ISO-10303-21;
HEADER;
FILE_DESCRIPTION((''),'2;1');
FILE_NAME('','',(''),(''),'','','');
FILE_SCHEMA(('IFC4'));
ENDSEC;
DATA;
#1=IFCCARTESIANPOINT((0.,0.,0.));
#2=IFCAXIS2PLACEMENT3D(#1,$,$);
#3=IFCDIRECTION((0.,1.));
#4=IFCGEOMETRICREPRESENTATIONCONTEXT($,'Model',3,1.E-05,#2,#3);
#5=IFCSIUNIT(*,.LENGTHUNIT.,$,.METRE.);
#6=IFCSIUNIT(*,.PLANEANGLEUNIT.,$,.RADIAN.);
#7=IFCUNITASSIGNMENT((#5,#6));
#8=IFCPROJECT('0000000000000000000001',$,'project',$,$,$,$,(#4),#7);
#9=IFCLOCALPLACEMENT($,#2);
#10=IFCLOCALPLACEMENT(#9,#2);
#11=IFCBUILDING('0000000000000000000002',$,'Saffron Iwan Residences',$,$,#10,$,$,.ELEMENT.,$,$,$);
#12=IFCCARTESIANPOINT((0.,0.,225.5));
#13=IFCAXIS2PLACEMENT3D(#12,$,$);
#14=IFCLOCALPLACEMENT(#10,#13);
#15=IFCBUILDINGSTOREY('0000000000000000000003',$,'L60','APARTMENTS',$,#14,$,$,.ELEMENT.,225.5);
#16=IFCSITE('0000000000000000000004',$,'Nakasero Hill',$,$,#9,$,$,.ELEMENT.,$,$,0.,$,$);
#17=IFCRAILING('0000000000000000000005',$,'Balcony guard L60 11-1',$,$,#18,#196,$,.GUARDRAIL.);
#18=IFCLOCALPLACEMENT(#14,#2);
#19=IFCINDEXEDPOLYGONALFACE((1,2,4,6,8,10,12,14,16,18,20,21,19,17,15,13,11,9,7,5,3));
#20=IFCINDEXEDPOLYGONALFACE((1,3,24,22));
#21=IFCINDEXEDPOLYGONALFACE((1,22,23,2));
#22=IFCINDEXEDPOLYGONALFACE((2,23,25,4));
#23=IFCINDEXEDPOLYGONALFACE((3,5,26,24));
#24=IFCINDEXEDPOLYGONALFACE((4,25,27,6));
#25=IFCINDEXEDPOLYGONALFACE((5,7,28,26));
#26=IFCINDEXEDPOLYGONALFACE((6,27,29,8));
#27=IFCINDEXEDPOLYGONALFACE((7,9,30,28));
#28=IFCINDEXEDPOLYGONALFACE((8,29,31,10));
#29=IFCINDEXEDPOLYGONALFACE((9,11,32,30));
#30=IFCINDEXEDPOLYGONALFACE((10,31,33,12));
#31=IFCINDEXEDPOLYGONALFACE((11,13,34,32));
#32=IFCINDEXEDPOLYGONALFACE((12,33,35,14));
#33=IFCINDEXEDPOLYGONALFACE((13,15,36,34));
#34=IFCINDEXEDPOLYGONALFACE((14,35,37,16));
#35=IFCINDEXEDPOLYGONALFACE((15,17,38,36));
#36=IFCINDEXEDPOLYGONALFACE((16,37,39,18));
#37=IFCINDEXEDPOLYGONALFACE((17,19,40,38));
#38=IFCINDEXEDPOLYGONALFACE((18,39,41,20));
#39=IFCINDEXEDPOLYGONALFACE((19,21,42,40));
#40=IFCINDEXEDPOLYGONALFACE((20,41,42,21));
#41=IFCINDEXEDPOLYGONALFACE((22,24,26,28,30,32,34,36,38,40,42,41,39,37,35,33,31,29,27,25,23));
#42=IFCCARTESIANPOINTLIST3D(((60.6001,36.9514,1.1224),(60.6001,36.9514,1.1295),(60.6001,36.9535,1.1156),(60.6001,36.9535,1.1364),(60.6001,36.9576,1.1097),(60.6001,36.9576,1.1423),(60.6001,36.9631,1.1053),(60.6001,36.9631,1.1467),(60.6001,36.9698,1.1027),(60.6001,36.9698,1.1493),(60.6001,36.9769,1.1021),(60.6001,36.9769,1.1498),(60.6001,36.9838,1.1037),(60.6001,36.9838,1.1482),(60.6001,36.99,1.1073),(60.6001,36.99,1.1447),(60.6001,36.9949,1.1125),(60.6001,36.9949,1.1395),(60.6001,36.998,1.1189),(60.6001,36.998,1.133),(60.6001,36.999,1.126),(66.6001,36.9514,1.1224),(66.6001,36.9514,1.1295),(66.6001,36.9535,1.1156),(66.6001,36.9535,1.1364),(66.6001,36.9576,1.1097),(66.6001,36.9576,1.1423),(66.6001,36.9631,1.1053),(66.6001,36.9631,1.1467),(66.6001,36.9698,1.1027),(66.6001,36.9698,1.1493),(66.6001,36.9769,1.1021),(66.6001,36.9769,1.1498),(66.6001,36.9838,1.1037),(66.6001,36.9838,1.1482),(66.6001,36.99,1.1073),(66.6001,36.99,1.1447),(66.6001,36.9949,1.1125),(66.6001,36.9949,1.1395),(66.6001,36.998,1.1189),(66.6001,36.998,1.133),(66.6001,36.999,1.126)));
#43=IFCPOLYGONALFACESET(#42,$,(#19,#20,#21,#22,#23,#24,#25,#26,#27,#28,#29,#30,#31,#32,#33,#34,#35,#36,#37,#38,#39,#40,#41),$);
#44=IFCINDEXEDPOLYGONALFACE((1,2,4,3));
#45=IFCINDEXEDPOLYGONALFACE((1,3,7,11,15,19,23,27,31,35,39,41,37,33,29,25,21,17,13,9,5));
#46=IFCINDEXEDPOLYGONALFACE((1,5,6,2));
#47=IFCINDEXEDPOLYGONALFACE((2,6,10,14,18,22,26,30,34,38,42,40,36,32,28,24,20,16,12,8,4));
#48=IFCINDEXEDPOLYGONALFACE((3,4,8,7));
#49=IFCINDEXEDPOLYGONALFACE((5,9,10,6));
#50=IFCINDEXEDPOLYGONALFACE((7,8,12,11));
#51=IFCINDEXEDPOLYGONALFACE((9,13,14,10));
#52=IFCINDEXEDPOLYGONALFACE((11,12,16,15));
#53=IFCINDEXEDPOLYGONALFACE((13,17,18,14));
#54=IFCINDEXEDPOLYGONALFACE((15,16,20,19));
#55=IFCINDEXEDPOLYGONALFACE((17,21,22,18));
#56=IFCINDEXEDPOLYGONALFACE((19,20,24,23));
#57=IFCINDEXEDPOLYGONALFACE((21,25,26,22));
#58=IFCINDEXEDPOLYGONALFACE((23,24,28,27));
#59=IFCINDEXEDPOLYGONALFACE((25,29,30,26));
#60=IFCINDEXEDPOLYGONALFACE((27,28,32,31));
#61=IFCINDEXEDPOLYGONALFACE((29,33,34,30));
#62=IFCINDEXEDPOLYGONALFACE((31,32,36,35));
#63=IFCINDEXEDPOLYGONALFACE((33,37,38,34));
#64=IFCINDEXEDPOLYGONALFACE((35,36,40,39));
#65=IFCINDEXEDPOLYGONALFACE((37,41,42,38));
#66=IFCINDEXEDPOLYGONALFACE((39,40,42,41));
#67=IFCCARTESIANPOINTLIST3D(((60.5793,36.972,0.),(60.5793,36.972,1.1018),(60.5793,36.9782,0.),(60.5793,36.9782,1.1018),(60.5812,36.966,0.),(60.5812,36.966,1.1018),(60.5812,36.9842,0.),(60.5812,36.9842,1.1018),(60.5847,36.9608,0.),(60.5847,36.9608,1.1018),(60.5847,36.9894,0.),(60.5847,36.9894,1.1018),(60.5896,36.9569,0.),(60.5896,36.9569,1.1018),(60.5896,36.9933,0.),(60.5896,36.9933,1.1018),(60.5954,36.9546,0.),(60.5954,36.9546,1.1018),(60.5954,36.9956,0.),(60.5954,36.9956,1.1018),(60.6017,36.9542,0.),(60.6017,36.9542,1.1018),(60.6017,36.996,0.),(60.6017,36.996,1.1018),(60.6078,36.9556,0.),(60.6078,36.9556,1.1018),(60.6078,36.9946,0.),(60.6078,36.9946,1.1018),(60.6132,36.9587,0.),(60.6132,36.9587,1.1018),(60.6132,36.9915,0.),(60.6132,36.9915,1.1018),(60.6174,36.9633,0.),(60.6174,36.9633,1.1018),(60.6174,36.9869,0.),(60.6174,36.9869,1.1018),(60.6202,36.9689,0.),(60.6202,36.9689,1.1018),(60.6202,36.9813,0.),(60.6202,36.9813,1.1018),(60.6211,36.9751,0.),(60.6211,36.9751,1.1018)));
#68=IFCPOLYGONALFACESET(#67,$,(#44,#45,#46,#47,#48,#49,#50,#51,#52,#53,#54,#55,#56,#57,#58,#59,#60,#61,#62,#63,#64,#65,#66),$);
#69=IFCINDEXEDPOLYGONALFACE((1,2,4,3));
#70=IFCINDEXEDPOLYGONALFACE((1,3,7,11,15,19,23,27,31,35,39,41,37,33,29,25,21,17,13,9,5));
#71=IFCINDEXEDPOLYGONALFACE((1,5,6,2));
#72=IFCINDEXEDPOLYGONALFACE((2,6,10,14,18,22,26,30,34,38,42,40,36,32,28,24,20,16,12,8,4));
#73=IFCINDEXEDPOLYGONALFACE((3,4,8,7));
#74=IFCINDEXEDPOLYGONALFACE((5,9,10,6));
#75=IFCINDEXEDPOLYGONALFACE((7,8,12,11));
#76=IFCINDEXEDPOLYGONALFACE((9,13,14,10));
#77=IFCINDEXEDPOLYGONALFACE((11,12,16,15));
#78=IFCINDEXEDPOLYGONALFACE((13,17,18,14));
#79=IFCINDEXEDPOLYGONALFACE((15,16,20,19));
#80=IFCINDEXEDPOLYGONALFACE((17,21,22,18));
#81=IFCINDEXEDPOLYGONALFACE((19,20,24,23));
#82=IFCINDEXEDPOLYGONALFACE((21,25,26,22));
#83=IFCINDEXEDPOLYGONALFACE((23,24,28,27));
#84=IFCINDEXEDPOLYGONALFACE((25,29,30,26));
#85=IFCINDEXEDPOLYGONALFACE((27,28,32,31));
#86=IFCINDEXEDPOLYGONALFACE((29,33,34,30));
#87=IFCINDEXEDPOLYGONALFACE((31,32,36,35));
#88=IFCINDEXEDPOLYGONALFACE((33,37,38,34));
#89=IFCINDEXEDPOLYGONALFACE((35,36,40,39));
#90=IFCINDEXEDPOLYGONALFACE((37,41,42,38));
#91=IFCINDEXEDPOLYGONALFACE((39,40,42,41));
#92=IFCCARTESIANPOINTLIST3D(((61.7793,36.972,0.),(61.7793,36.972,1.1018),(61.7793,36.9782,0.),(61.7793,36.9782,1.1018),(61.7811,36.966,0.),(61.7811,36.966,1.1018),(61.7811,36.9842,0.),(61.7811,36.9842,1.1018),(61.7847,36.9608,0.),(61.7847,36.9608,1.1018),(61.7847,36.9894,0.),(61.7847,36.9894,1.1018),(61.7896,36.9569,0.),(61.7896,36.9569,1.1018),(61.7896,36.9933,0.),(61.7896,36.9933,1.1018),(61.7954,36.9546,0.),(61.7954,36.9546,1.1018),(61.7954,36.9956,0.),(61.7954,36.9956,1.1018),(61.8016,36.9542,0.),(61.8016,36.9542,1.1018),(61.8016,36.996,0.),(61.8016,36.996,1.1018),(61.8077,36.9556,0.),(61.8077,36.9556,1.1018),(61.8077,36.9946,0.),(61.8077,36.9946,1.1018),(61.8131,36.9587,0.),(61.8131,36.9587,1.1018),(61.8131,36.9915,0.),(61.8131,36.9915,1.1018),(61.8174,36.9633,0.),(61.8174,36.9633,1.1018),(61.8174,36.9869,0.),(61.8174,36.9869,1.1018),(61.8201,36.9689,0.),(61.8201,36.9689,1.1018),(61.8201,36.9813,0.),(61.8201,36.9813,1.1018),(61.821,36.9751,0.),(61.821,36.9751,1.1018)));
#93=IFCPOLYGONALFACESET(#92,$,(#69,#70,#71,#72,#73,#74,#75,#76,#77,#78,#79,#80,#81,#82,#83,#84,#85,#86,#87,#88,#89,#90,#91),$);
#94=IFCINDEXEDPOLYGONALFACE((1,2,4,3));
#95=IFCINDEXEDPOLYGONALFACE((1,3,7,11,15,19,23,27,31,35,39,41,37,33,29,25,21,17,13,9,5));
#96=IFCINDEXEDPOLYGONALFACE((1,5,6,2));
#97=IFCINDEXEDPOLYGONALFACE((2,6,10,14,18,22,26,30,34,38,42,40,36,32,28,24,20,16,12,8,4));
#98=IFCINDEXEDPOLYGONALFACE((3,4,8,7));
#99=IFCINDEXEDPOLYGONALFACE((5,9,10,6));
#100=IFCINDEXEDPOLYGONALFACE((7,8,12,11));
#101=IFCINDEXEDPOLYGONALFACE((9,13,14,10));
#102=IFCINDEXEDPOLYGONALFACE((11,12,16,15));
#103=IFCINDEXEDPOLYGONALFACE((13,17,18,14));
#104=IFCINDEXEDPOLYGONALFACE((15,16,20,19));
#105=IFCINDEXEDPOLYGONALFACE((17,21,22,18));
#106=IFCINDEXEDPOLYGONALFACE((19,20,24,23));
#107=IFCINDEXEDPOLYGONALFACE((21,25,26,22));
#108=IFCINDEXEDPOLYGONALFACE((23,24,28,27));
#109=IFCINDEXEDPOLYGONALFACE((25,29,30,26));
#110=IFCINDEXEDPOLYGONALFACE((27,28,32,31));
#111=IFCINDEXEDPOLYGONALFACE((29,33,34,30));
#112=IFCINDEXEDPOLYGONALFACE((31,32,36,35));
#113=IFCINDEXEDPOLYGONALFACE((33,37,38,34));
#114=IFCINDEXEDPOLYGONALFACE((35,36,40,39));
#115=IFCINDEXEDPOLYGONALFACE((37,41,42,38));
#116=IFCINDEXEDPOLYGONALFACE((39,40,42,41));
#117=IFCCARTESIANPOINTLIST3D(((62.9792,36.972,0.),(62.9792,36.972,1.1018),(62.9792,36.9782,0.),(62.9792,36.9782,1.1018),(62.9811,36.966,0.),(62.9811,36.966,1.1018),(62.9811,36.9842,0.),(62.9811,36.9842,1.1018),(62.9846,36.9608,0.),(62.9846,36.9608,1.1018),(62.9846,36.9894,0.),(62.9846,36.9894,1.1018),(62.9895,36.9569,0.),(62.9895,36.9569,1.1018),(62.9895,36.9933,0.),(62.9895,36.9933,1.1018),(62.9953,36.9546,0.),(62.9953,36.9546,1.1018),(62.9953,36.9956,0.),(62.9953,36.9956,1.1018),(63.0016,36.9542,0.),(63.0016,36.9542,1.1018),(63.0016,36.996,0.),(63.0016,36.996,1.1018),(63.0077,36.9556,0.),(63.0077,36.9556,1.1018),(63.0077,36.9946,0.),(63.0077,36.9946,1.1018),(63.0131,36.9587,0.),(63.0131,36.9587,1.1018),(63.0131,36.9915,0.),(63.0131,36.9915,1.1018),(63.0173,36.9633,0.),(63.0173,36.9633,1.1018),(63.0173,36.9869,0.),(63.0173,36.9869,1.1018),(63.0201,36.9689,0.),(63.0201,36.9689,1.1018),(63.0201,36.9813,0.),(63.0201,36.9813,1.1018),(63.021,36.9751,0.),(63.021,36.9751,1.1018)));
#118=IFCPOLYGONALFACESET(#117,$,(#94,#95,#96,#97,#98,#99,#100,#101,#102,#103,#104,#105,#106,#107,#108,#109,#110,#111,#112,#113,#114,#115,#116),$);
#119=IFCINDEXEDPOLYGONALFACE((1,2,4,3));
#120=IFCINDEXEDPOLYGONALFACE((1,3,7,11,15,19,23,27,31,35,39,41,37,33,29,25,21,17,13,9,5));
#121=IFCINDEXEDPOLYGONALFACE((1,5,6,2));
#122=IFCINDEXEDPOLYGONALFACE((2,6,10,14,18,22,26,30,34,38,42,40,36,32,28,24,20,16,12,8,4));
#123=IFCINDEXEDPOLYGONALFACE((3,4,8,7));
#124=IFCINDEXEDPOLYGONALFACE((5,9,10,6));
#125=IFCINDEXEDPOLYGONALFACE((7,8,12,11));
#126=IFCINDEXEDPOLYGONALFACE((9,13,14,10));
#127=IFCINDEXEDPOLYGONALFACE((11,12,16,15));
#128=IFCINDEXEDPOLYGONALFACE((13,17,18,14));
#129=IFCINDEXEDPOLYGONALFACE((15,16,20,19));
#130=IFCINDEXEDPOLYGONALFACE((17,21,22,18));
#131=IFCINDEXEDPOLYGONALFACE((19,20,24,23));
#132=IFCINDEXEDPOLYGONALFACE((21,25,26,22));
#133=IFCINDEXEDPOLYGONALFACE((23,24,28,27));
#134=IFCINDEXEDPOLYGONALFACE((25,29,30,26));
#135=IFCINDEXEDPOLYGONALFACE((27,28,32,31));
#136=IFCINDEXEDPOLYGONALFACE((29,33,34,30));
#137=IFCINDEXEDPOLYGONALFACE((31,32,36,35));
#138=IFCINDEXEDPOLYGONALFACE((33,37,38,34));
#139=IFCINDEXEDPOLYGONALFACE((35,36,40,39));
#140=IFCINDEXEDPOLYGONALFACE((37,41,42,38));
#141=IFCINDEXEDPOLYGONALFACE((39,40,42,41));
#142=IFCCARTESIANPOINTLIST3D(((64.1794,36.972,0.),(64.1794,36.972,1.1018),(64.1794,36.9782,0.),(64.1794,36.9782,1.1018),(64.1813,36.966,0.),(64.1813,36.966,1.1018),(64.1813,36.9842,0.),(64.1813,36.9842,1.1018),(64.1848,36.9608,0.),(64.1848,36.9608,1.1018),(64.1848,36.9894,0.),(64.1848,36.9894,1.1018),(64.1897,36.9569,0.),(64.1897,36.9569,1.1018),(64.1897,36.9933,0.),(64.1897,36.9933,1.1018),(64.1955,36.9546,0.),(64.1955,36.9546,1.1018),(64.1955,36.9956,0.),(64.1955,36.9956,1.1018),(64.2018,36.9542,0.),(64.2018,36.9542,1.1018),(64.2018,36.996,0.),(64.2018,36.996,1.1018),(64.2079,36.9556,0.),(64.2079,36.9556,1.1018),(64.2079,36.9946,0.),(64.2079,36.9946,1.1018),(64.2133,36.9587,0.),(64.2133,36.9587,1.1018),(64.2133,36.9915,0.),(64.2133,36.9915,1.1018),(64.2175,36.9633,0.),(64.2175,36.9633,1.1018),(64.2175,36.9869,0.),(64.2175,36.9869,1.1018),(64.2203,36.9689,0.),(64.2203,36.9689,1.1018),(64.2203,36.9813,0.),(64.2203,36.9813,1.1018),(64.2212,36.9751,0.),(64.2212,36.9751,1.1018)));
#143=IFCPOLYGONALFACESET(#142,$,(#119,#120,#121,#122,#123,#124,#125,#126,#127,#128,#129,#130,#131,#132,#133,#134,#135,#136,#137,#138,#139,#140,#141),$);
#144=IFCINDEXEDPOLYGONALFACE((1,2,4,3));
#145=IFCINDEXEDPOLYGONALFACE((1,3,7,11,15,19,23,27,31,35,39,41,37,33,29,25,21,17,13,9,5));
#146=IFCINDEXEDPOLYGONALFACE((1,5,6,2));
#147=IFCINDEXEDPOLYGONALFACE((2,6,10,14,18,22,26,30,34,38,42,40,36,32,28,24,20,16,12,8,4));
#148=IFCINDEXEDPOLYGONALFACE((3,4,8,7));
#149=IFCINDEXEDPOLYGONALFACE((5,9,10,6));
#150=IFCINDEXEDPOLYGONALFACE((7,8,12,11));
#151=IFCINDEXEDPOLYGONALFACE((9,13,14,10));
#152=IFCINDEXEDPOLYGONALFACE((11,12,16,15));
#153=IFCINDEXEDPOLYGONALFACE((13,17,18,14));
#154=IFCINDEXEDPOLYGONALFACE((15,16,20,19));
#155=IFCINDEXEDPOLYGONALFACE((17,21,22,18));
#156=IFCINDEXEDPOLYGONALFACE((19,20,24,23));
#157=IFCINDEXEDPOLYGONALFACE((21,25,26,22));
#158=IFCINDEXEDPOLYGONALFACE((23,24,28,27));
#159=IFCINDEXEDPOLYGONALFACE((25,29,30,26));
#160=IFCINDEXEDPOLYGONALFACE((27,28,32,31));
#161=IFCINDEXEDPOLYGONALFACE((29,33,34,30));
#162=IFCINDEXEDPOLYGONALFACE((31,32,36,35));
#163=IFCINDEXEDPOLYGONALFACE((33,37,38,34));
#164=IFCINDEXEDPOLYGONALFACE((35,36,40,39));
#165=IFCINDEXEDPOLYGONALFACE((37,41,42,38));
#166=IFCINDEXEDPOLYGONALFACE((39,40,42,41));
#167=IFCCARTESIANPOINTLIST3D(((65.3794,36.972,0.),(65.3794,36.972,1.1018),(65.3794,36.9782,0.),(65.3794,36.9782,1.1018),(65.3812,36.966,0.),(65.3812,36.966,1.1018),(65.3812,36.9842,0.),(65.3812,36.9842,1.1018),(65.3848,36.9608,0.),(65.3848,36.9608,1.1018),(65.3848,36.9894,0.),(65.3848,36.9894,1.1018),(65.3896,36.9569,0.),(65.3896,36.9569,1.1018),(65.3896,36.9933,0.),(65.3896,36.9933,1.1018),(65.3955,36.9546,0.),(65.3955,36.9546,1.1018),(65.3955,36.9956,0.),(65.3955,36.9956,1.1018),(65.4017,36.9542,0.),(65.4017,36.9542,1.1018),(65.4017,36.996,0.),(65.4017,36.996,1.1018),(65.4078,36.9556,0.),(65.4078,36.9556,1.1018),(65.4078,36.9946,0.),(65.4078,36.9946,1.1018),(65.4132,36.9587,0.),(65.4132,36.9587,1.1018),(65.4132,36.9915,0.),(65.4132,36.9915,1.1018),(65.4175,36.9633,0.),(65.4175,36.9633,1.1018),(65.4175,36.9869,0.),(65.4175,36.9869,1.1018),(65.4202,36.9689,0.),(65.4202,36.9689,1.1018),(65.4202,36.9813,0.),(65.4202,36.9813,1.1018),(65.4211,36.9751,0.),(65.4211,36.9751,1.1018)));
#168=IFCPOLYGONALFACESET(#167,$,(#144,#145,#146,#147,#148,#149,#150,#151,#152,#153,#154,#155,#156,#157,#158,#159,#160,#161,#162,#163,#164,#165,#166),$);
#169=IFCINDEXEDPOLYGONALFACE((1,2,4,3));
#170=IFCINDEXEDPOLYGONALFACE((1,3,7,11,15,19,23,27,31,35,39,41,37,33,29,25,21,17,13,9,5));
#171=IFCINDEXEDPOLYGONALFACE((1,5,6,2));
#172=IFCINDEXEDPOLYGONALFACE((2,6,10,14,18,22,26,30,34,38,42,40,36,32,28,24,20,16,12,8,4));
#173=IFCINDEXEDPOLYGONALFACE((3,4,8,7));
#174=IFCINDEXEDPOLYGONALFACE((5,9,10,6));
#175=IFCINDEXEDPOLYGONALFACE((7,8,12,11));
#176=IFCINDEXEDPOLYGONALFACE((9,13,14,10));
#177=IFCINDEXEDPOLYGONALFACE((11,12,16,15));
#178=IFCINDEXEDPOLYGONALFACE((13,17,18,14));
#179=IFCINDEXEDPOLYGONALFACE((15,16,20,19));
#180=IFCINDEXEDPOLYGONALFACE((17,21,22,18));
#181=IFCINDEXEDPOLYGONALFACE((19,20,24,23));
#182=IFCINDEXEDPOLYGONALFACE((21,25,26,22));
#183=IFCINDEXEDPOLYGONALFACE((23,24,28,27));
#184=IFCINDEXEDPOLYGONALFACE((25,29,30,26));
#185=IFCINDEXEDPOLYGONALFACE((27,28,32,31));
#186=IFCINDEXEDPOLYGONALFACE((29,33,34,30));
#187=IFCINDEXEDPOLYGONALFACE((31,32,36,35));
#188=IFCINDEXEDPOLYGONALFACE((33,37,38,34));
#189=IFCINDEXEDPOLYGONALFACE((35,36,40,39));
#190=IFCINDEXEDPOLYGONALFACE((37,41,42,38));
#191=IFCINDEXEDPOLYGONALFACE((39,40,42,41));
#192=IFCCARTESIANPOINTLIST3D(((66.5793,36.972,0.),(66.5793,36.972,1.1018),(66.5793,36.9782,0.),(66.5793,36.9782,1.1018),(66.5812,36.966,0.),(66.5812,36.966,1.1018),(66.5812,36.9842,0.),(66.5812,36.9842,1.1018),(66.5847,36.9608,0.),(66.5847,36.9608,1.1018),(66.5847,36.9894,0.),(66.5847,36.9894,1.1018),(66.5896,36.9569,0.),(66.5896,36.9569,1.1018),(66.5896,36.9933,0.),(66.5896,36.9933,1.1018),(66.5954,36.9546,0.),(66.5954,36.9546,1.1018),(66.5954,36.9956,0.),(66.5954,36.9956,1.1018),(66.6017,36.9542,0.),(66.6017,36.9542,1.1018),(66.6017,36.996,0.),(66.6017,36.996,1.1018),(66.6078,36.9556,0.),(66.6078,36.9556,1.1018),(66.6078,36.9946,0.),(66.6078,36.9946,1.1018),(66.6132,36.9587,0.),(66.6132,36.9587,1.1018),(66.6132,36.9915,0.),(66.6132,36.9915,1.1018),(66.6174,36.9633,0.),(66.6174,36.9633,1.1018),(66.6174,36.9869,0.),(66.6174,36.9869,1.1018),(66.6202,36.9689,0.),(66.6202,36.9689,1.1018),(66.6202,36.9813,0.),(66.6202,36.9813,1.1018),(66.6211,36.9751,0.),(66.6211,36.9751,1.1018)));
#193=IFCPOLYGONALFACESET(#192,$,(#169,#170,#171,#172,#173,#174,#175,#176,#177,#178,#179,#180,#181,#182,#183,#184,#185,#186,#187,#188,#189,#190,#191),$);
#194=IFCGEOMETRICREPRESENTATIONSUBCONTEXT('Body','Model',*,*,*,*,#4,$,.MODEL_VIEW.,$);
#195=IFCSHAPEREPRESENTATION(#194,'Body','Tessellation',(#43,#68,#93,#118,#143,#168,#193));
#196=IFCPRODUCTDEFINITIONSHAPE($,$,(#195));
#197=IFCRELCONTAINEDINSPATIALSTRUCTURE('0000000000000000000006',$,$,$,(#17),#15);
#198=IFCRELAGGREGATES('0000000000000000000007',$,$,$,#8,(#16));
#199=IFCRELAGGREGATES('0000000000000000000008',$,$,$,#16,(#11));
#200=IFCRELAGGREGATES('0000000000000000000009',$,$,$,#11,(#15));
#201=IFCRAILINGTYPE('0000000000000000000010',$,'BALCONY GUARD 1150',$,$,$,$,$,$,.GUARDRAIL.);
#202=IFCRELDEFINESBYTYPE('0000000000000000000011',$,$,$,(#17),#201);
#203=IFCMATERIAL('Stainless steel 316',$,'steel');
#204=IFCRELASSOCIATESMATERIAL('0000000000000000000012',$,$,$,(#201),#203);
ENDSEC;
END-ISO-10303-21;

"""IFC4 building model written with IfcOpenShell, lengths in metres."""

from ifc_helpers import new_model, si_unit, direction, frame, origin, origin_2d, place, context, subcontext, project, spatial, circle, extrude, material, type_object, element, save


model = new_model("IFC4")

# Units and contexts
model_context = context("Model", 3, precision=1e-05, world=origin(), true_north=direction((0.0, 1.0)))
body_context = subcontext(model_context, "Body", "Model", "MODEL_VIEW")
ifc_project = project(units=[si_unit("LENGTHUNIT", "METRE"), si_unit("PLANEANGLEUNIT", "RADIAN")], contexts=[model_context])

# Site, building, storey
site_placement = place(None, origin())
site = spatial("IfcSite", under=ifc_project, at=site_placement, Name="Nakasero Hill", CompositionType="ELEMENT", RefElevation=0.0)
building_placement = place(site_placement, origin())
building = spatial("IfcBuilding", under=site, at=building_placement, Name="Saffron Iwan Residences", CompositionType="ELEMENT")
storey_placement = place(building_placement, frame((0.0, 0.0, 225.5)))
storey = spatial("IfcBuildingStorey", under=building, at=storey_placement, Name="L60", Description="APARTMENTS", CompositionType="ELEMENT", Elevation=225.5)

# Railing
ifc_material_1 = material(Name="Stainless steel 316", Category="steel")
railing_type = type_object("IfcRailingType", Name="BALCONY GUARD 1150", PredefinedType="GUARDRAIL", material=ifc_material_1)
railing_placement = place(storey_placement, frame((60.6001, 36.9751, 0.0)))
element("IfcRailing", 1, at=railing_placement, inside=storey, type_object=railing_type, Name="Balcony guard L60 11-1", PredefinedType="GUARDRAIL", context=body_context, shape_type="SweptSolid", body=[
    extrude(circle(Radius=0.0239, at=origin_2d()), frame((0.0, 0.0, 1.126), z_axis=(1.0, 0.0, 0.0), x_axis=(0.0, 1.0, 0.0)), (0.0, 0.0, 1.0), 6.0),
    extrude(circle(Radius=0.021, at=origin_2d()), origin(), (0.0, 0.0, 1.0), 1.1018),
    extrude(circle(Radius=0.021, at=origin_2d()), frame((1.2, 0.0, 0.0)), (0.0, 0.0, 1.0), 1.1018),
    extrude(circle(Radius=0.021, at=origin_2d()), frame((2.3999, 0.0, 0.0)), (0.0, 0.0, 1.0), 1.1018),
    extrude(circle(Radius=0.021, at=origin_2d()), frame((3.6001, 0.0, 0.0)), (0.0, 0.0, 1.0), 1.1018),
    extrude(circle(Radius=0.021, at=origin_2d()), frame((4.8, 0.0, 0.0)), (0.0, 0.0, 1.0), 1.1018),
    extrude(circle(Radius=0.021, at=origin_2d()), frame((6.0, 0.0, 0.0)), (0.0, 0.0, 1.0), 1.1018),
])

save(model, "model.ifc")
